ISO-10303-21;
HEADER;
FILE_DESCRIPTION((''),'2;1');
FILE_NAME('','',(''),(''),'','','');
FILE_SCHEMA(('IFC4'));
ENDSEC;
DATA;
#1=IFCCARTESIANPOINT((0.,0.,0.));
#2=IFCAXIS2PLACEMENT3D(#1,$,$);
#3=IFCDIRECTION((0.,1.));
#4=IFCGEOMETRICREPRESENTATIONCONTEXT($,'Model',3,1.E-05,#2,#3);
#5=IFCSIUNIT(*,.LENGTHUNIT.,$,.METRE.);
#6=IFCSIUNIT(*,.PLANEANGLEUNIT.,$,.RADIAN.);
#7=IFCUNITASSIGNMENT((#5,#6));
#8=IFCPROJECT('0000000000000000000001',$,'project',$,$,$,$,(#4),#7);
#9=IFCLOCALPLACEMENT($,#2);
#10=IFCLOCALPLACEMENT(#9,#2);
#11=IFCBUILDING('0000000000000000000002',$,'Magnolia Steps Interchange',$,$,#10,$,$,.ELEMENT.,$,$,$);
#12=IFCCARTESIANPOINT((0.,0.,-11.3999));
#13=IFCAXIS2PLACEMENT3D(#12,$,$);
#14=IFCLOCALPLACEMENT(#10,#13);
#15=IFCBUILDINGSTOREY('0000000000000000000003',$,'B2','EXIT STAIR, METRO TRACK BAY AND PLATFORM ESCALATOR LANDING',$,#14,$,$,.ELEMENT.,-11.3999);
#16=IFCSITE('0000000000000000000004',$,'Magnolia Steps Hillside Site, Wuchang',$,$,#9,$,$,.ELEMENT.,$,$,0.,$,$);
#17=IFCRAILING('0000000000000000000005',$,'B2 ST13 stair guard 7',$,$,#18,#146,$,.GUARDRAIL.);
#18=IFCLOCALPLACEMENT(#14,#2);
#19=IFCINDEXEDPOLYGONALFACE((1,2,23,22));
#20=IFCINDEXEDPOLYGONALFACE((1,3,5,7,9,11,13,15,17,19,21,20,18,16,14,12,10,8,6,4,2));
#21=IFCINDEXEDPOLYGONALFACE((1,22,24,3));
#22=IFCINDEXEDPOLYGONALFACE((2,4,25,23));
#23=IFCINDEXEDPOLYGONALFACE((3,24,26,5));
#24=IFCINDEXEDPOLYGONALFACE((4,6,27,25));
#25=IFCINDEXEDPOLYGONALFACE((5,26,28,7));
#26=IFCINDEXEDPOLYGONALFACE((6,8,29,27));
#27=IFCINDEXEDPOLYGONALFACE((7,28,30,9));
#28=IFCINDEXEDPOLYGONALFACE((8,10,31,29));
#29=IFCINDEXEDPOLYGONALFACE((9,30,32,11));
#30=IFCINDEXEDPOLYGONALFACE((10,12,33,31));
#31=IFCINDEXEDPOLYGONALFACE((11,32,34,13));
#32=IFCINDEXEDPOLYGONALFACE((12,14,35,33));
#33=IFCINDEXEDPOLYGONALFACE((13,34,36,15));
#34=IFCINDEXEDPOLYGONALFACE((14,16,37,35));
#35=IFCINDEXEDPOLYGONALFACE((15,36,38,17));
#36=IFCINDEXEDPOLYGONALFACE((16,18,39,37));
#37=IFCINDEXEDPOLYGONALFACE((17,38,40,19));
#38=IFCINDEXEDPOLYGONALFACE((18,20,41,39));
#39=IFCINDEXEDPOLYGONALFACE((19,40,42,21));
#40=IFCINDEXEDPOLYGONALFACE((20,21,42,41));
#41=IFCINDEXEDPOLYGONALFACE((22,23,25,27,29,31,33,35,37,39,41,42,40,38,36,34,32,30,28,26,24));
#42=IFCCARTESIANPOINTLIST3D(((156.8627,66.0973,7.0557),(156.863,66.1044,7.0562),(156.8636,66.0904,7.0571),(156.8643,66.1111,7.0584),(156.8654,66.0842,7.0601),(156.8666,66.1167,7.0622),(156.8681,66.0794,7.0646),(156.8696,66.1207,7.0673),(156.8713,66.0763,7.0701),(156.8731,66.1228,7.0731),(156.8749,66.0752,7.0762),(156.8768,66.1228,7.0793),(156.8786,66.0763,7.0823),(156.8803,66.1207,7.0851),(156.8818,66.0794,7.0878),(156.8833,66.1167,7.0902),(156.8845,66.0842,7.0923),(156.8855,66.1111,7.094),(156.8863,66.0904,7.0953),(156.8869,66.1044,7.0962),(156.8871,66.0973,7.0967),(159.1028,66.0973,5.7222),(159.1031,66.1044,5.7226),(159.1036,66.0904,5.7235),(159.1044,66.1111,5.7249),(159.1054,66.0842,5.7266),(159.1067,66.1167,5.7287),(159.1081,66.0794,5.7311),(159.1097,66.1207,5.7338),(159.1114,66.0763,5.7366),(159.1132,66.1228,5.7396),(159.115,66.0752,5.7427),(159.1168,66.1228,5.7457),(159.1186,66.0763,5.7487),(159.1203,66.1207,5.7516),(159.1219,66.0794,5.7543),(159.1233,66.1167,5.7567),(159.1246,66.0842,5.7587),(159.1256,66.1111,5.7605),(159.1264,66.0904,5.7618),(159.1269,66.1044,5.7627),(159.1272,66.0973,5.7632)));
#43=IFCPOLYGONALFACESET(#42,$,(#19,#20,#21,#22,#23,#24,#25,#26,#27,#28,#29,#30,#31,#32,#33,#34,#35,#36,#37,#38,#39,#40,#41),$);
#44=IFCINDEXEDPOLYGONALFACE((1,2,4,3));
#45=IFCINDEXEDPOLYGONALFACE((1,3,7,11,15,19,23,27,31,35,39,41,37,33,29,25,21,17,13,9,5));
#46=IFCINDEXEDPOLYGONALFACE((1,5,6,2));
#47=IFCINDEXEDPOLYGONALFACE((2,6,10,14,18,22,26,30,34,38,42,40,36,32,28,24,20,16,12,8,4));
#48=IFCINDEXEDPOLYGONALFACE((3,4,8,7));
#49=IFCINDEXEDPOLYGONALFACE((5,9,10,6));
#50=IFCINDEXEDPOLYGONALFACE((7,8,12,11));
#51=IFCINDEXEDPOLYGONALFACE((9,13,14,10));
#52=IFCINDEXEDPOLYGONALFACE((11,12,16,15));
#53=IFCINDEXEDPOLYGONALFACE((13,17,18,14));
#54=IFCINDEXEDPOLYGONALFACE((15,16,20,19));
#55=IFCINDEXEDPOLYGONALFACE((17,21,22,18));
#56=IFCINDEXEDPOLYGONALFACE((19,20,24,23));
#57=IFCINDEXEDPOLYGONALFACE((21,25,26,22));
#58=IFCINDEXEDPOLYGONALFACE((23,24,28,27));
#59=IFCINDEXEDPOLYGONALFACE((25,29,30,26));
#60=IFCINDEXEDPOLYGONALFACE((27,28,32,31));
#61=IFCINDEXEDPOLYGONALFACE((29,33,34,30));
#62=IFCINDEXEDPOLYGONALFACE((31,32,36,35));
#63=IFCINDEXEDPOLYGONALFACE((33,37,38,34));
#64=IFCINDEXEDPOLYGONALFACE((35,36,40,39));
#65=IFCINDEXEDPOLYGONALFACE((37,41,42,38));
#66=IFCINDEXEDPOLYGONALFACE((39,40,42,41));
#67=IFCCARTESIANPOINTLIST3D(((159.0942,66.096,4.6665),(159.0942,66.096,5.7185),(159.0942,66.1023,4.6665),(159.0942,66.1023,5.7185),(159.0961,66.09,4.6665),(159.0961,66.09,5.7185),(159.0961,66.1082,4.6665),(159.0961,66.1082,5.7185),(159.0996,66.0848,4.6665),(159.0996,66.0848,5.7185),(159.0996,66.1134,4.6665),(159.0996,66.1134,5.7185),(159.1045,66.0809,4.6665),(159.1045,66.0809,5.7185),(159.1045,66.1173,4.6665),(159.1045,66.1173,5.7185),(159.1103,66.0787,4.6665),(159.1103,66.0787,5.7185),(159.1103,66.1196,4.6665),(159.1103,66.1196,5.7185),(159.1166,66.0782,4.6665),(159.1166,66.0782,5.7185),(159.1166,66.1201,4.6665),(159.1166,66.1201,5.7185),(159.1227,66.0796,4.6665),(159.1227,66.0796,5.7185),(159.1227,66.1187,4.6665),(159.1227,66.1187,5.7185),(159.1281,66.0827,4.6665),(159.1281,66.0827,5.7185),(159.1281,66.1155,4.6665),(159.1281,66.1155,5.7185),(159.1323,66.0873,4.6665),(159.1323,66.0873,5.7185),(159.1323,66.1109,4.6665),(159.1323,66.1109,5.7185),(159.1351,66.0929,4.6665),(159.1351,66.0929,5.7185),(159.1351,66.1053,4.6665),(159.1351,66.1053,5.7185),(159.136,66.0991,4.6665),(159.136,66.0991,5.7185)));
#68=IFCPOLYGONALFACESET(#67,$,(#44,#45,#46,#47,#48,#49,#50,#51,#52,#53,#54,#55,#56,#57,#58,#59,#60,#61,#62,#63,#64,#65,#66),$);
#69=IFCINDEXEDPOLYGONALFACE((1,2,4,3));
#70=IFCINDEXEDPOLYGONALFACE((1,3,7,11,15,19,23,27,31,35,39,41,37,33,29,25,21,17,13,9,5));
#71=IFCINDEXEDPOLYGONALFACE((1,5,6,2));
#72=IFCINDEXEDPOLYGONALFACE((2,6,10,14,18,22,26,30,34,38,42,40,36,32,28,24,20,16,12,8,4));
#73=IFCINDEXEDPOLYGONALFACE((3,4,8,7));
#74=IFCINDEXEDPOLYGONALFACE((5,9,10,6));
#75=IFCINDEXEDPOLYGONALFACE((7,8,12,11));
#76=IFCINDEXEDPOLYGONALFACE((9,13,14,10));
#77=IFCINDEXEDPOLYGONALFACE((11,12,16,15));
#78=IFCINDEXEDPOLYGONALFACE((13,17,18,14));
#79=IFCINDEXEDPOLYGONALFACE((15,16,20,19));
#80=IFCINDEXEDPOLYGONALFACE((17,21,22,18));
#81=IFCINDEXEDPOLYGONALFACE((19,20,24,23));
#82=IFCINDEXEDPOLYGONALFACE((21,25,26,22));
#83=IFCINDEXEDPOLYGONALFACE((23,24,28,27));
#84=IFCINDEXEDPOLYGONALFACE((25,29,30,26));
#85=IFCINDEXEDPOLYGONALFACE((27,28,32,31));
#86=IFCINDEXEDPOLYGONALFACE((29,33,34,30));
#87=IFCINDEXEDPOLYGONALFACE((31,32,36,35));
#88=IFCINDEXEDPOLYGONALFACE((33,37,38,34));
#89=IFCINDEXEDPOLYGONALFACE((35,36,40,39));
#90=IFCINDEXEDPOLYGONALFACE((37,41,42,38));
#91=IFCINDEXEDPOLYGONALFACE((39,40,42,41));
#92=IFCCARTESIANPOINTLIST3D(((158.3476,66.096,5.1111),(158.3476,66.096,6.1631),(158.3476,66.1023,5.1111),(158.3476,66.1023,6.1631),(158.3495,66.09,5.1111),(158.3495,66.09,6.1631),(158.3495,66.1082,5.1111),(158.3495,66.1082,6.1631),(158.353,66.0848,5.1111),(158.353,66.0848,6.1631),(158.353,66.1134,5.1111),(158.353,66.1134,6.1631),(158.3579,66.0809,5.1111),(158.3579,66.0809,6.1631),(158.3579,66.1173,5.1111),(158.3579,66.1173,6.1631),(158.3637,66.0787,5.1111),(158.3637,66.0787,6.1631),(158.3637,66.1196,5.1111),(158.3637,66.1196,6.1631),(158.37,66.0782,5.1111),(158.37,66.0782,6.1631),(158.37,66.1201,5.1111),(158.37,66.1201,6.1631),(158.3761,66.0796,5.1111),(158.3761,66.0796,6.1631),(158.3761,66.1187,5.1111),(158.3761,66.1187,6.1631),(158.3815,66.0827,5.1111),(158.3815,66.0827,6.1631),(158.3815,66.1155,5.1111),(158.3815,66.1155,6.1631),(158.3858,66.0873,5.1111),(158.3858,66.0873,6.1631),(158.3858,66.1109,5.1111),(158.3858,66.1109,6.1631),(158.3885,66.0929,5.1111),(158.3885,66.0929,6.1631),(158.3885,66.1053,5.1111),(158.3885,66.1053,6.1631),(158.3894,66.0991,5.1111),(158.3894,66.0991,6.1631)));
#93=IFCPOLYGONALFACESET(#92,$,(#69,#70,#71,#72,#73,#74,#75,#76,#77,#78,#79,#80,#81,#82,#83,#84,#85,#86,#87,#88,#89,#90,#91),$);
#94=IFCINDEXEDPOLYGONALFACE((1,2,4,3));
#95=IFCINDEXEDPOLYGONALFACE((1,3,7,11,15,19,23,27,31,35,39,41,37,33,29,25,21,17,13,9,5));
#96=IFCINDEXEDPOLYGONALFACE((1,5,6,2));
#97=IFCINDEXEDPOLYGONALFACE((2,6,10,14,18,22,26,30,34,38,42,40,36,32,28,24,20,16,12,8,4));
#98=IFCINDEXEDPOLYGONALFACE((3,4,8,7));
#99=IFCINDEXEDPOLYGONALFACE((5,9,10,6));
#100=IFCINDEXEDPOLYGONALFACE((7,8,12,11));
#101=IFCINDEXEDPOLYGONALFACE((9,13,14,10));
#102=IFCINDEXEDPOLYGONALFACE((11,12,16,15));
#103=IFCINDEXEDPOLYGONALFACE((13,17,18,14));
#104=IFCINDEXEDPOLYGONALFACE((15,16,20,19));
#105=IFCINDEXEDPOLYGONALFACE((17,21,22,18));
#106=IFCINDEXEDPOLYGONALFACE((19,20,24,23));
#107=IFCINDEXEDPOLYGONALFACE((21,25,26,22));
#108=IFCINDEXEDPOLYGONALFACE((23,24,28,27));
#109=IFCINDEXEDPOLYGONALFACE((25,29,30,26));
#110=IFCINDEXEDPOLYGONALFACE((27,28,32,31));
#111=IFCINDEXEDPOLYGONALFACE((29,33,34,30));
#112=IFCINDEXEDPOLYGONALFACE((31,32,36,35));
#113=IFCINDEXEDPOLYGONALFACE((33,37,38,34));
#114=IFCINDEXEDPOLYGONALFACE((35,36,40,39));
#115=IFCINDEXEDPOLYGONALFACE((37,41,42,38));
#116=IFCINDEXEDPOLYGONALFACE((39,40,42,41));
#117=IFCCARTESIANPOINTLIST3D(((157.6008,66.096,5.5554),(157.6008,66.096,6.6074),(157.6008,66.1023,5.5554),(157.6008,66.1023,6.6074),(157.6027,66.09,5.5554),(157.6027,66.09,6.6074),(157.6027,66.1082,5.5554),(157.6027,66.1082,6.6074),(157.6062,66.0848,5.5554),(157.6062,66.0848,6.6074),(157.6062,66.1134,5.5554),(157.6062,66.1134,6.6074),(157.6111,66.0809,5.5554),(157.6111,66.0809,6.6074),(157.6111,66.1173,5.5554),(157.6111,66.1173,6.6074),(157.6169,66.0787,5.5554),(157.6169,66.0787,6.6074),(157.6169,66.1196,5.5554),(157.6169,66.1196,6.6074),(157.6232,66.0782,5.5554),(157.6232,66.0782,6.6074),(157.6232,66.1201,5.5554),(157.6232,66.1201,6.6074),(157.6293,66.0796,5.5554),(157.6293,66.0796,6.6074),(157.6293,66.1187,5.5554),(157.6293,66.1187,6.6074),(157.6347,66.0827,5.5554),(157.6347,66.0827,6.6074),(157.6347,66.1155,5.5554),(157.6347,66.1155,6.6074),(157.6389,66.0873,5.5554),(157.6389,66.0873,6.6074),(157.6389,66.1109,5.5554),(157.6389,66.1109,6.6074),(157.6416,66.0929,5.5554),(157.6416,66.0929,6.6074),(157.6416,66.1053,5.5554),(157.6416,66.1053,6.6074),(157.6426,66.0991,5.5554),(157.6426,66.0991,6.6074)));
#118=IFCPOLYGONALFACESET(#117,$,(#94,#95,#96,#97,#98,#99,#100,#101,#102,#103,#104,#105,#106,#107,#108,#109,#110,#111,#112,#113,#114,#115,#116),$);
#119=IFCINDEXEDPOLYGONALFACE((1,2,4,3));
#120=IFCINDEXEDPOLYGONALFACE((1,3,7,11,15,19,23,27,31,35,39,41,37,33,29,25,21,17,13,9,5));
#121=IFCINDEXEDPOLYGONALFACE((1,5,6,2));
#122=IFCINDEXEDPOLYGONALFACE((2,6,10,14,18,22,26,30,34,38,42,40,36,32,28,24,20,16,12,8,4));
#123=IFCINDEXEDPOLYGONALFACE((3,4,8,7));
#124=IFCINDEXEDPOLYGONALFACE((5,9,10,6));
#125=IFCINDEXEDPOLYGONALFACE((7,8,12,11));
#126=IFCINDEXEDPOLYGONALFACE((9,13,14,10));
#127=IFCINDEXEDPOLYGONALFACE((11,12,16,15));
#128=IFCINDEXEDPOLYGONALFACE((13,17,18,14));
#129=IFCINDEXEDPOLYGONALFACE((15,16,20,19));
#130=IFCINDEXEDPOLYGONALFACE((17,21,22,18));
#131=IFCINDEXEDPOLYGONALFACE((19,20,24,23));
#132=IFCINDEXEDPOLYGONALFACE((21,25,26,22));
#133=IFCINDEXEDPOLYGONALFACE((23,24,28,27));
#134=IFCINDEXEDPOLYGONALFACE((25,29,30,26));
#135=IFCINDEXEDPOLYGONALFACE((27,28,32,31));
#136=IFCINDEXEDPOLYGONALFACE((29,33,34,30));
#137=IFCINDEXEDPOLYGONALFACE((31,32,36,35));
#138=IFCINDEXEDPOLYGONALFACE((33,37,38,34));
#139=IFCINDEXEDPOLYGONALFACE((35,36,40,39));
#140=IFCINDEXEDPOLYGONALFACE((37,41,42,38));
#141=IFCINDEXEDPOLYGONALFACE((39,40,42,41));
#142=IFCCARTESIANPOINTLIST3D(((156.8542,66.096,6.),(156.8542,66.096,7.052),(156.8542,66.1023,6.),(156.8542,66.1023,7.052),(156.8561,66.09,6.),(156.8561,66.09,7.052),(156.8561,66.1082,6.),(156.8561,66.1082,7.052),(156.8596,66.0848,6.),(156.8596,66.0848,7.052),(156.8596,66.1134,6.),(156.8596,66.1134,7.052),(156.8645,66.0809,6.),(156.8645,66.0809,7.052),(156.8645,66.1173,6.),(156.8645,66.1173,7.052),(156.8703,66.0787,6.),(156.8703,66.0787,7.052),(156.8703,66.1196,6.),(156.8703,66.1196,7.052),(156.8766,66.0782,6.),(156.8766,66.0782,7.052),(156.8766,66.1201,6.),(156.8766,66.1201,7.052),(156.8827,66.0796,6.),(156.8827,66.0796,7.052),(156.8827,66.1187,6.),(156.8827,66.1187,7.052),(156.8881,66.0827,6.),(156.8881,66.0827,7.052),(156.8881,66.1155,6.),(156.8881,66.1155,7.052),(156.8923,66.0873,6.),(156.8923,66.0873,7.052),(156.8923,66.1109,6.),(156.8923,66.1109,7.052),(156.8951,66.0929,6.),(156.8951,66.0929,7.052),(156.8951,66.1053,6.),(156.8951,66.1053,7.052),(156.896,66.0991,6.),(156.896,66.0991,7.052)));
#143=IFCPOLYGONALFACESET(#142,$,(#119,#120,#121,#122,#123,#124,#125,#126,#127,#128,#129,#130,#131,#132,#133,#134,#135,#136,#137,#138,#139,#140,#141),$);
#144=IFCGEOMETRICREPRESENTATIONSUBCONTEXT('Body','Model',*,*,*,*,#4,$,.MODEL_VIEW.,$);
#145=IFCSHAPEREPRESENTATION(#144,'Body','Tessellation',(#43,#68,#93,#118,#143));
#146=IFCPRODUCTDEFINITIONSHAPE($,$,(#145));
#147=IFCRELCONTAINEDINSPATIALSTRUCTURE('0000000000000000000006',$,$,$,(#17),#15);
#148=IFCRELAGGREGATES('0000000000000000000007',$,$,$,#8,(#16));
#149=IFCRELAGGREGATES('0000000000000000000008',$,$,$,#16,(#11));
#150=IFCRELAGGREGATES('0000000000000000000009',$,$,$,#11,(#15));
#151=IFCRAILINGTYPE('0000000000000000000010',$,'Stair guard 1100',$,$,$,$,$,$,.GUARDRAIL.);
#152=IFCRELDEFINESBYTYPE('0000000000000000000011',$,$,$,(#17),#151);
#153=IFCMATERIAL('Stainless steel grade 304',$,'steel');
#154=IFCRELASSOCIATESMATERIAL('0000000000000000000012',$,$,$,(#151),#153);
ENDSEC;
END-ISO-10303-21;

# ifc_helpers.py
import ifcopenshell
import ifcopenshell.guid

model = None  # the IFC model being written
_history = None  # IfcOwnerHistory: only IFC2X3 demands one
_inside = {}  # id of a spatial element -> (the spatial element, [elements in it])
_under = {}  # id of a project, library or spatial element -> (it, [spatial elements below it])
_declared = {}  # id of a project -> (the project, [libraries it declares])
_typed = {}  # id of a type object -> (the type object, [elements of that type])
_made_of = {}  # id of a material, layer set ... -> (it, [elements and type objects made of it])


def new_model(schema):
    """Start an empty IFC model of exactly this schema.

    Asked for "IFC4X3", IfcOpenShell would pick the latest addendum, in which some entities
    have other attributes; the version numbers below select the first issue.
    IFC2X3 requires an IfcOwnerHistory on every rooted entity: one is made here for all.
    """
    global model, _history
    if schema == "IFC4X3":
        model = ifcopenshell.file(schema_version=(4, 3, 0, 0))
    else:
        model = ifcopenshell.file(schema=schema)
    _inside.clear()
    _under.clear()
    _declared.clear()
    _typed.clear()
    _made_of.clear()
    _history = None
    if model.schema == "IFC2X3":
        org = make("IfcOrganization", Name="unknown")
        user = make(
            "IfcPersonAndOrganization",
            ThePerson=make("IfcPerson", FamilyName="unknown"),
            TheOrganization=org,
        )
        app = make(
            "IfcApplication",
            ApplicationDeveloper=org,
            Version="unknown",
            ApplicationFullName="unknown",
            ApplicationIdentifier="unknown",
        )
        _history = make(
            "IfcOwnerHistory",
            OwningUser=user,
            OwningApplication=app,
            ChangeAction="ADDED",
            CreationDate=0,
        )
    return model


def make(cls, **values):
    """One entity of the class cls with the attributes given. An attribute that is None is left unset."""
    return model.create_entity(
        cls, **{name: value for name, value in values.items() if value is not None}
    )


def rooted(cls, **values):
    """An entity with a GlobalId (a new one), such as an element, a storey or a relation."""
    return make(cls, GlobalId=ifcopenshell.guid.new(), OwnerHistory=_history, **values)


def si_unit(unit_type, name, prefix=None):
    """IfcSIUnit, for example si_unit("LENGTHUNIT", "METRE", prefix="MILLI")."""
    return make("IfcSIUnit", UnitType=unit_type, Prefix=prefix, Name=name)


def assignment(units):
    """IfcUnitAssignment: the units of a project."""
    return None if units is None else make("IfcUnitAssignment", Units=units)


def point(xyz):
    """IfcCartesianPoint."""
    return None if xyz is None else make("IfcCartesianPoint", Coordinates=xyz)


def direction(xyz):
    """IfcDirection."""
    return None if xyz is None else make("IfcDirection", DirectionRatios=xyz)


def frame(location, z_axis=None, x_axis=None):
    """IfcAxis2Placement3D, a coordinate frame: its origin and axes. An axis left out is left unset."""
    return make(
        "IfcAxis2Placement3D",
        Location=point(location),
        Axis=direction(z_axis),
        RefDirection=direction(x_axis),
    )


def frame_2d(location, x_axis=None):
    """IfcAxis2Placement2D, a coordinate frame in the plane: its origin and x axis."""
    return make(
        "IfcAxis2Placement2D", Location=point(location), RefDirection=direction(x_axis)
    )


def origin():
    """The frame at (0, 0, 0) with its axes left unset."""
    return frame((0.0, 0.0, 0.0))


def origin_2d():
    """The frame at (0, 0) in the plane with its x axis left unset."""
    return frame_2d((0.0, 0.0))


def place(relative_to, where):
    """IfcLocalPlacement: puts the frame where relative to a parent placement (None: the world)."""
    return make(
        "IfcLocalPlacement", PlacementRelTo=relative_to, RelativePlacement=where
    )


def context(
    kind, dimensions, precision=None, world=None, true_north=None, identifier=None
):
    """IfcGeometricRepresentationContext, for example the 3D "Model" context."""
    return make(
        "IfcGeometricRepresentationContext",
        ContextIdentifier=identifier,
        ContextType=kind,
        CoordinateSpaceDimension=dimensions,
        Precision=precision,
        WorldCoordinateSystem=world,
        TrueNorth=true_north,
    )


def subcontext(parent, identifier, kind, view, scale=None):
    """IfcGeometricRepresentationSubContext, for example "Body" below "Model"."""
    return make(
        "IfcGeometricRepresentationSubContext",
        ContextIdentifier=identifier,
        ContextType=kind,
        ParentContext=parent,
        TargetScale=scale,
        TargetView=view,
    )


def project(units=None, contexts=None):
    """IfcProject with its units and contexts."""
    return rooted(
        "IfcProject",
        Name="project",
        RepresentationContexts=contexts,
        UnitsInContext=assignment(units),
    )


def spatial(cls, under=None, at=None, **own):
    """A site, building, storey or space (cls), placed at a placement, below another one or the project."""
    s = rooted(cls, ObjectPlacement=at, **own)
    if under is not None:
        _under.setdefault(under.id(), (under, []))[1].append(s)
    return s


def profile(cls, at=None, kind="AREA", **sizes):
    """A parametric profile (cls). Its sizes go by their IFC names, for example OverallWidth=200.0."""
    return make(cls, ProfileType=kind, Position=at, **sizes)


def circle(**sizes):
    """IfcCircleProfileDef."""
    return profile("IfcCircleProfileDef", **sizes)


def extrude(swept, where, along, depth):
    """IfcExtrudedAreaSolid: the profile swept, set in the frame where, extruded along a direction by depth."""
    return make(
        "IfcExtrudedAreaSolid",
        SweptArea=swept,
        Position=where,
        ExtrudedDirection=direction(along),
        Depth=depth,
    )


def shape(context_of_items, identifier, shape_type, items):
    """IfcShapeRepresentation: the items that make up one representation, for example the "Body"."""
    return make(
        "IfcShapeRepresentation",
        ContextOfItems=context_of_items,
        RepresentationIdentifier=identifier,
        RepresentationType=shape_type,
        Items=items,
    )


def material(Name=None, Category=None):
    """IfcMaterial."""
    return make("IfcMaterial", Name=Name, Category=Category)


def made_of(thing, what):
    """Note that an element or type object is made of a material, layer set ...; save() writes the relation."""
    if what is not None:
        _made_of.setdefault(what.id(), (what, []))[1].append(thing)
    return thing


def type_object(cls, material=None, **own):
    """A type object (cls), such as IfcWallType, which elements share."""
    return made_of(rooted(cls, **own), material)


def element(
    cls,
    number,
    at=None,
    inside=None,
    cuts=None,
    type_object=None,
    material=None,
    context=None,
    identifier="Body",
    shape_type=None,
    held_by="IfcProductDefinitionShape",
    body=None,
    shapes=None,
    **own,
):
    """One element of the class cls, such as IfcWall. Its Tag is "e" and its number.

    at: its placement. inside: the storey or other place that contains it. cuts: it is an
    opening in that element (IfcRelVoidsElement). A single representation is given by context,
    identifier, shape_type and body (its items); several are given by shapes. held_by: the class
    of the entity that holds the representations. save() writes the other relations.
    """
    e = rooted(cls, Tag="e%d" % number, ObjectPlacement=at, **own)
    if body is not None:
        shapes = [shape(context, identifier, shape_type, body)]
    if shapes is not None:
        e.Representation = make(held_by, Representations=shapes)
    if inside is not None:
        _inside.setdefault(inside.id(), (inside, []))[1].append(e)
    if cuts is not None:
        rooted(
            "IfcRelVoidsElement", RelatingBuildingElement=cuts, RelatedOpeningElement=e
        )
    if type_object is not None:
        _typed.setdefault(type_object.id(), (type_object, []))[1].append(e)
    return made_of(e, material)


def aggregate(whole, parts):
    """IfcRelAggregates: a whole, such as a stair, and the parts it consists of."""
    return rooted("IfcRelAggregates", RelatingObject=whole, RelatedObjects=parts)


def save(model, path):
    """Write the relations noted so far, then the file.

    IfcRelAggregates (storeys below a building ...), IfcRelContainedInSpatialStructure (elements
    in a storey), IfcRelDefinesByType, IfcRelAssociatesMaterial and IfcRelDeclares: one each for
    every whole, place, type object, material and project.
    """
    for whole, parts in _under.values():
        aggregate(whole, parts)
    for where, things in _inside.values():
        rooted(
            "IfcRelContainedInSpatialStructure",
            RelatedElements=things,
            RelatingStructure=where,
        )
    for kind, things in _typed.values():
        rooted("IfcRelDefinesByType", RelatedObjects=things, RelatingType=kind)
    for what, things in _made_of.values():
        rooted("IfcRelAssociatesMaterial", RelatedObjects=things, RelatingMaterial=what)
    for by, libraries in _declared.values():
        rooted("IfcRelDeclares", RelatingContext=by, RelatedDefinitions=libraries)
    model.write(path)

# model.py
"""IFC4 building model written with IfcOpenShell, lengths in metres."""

from ifc_helpers import new_model, si_unit, direction, frame, origin, origin_2d, place, context, subcontext, project, spatial, circle, extrude, material, type_object, element, save


model = new_model("IFC4")

# Units and contexts
model_context = context("Model", 3, precision=1e-05, world=origin(), true_north=direction((0.0, 1.0)))
body_context = subcontext(model_context, "Body", "Model", "MODEL_VIEW")
ifc_project = project(units=[si_unit("LENGTHUNIT", "METRE"), si_unit("PLANEANGLEUNIT", "RADIAN")], contexts=[model_context])

# Site, building, storey
site_placement = place(None, origin())
site = spatial("IfcSite", under=ifc_project, at=site_placement, Name="Magnolia Steps Hillside Site, Wuchang", CompositionType="ELEMENT", RefElevation=0.0)
building_placement = place(site_placement, origin())
building = spatial("IfcBuilding", under=site, at=building_placement, Name="Magnolia Steps Interchange", CompositionType="ELEMENT")
storey_placement = place(building_placement, frame((0.0, 0.0, -11.3999)))
storey = spatial("IfcBuildingStorey", under=building, at=storey_placement, Name="B2", Description="EXIT STAIR, METRO TRACK BAY AND PLATFORM ESCALATOR LANDING", CompositionType="ELEMENT", Elevation=-11.3999)

# Railing
ifc_material_1 = material(Name="Stainless steel grade 304", Category="steel")
railing_type_1 = type_object("IfcRailingType", Name="Stair guard 1100", PredefinedType="GUARDRAIL", material=ifc_material_1)
railing_1_placement = place(storey_placement, frame((159.115, 66.0991, 4.6665)))
element("IfcRailing", 1, at=railing_1_placement, inside=storey, type_object=railing_type_1, Name="B2 ST13 stair guard 7", PredefinedType="GUARDRAIL", context=body_context, shape_type="SweptSolid", body=[
    extrude(circle(Radius=0.0239, at=origin_2d()), frame((0.0, 0.0, 1.0762), z_axis=(-0.859264, 0.0, 0.511532), x_axis=(0.0, -1.0, 0.0)), (0.0, 0.0, 1.0), 2.6069),
    extrude(circle(Radius=0.021, at=origin_2d()), origin(), (0.0, 0.0, 1.0), 1.052),
    extrude(circle(Radius=0.021, at=origin_2d()), frame((-0.7466, 0.0, 0.4446)), (0.0, 0.0, 1.0), 1.052),
    extrude(circle(Radius=0.021, at=origin_2d()), frame((-1.4934, 0.0, 0.8889)), (0.0, 0.0, 1.0), 1.052),
    extrude(circle(Radius=0.021, at=origin_2d()), frame((-2.24, 0.0, 1.3335)), (0.0, 0.0, 1.0), 1.052),
])

save(model, "model.ifc")
